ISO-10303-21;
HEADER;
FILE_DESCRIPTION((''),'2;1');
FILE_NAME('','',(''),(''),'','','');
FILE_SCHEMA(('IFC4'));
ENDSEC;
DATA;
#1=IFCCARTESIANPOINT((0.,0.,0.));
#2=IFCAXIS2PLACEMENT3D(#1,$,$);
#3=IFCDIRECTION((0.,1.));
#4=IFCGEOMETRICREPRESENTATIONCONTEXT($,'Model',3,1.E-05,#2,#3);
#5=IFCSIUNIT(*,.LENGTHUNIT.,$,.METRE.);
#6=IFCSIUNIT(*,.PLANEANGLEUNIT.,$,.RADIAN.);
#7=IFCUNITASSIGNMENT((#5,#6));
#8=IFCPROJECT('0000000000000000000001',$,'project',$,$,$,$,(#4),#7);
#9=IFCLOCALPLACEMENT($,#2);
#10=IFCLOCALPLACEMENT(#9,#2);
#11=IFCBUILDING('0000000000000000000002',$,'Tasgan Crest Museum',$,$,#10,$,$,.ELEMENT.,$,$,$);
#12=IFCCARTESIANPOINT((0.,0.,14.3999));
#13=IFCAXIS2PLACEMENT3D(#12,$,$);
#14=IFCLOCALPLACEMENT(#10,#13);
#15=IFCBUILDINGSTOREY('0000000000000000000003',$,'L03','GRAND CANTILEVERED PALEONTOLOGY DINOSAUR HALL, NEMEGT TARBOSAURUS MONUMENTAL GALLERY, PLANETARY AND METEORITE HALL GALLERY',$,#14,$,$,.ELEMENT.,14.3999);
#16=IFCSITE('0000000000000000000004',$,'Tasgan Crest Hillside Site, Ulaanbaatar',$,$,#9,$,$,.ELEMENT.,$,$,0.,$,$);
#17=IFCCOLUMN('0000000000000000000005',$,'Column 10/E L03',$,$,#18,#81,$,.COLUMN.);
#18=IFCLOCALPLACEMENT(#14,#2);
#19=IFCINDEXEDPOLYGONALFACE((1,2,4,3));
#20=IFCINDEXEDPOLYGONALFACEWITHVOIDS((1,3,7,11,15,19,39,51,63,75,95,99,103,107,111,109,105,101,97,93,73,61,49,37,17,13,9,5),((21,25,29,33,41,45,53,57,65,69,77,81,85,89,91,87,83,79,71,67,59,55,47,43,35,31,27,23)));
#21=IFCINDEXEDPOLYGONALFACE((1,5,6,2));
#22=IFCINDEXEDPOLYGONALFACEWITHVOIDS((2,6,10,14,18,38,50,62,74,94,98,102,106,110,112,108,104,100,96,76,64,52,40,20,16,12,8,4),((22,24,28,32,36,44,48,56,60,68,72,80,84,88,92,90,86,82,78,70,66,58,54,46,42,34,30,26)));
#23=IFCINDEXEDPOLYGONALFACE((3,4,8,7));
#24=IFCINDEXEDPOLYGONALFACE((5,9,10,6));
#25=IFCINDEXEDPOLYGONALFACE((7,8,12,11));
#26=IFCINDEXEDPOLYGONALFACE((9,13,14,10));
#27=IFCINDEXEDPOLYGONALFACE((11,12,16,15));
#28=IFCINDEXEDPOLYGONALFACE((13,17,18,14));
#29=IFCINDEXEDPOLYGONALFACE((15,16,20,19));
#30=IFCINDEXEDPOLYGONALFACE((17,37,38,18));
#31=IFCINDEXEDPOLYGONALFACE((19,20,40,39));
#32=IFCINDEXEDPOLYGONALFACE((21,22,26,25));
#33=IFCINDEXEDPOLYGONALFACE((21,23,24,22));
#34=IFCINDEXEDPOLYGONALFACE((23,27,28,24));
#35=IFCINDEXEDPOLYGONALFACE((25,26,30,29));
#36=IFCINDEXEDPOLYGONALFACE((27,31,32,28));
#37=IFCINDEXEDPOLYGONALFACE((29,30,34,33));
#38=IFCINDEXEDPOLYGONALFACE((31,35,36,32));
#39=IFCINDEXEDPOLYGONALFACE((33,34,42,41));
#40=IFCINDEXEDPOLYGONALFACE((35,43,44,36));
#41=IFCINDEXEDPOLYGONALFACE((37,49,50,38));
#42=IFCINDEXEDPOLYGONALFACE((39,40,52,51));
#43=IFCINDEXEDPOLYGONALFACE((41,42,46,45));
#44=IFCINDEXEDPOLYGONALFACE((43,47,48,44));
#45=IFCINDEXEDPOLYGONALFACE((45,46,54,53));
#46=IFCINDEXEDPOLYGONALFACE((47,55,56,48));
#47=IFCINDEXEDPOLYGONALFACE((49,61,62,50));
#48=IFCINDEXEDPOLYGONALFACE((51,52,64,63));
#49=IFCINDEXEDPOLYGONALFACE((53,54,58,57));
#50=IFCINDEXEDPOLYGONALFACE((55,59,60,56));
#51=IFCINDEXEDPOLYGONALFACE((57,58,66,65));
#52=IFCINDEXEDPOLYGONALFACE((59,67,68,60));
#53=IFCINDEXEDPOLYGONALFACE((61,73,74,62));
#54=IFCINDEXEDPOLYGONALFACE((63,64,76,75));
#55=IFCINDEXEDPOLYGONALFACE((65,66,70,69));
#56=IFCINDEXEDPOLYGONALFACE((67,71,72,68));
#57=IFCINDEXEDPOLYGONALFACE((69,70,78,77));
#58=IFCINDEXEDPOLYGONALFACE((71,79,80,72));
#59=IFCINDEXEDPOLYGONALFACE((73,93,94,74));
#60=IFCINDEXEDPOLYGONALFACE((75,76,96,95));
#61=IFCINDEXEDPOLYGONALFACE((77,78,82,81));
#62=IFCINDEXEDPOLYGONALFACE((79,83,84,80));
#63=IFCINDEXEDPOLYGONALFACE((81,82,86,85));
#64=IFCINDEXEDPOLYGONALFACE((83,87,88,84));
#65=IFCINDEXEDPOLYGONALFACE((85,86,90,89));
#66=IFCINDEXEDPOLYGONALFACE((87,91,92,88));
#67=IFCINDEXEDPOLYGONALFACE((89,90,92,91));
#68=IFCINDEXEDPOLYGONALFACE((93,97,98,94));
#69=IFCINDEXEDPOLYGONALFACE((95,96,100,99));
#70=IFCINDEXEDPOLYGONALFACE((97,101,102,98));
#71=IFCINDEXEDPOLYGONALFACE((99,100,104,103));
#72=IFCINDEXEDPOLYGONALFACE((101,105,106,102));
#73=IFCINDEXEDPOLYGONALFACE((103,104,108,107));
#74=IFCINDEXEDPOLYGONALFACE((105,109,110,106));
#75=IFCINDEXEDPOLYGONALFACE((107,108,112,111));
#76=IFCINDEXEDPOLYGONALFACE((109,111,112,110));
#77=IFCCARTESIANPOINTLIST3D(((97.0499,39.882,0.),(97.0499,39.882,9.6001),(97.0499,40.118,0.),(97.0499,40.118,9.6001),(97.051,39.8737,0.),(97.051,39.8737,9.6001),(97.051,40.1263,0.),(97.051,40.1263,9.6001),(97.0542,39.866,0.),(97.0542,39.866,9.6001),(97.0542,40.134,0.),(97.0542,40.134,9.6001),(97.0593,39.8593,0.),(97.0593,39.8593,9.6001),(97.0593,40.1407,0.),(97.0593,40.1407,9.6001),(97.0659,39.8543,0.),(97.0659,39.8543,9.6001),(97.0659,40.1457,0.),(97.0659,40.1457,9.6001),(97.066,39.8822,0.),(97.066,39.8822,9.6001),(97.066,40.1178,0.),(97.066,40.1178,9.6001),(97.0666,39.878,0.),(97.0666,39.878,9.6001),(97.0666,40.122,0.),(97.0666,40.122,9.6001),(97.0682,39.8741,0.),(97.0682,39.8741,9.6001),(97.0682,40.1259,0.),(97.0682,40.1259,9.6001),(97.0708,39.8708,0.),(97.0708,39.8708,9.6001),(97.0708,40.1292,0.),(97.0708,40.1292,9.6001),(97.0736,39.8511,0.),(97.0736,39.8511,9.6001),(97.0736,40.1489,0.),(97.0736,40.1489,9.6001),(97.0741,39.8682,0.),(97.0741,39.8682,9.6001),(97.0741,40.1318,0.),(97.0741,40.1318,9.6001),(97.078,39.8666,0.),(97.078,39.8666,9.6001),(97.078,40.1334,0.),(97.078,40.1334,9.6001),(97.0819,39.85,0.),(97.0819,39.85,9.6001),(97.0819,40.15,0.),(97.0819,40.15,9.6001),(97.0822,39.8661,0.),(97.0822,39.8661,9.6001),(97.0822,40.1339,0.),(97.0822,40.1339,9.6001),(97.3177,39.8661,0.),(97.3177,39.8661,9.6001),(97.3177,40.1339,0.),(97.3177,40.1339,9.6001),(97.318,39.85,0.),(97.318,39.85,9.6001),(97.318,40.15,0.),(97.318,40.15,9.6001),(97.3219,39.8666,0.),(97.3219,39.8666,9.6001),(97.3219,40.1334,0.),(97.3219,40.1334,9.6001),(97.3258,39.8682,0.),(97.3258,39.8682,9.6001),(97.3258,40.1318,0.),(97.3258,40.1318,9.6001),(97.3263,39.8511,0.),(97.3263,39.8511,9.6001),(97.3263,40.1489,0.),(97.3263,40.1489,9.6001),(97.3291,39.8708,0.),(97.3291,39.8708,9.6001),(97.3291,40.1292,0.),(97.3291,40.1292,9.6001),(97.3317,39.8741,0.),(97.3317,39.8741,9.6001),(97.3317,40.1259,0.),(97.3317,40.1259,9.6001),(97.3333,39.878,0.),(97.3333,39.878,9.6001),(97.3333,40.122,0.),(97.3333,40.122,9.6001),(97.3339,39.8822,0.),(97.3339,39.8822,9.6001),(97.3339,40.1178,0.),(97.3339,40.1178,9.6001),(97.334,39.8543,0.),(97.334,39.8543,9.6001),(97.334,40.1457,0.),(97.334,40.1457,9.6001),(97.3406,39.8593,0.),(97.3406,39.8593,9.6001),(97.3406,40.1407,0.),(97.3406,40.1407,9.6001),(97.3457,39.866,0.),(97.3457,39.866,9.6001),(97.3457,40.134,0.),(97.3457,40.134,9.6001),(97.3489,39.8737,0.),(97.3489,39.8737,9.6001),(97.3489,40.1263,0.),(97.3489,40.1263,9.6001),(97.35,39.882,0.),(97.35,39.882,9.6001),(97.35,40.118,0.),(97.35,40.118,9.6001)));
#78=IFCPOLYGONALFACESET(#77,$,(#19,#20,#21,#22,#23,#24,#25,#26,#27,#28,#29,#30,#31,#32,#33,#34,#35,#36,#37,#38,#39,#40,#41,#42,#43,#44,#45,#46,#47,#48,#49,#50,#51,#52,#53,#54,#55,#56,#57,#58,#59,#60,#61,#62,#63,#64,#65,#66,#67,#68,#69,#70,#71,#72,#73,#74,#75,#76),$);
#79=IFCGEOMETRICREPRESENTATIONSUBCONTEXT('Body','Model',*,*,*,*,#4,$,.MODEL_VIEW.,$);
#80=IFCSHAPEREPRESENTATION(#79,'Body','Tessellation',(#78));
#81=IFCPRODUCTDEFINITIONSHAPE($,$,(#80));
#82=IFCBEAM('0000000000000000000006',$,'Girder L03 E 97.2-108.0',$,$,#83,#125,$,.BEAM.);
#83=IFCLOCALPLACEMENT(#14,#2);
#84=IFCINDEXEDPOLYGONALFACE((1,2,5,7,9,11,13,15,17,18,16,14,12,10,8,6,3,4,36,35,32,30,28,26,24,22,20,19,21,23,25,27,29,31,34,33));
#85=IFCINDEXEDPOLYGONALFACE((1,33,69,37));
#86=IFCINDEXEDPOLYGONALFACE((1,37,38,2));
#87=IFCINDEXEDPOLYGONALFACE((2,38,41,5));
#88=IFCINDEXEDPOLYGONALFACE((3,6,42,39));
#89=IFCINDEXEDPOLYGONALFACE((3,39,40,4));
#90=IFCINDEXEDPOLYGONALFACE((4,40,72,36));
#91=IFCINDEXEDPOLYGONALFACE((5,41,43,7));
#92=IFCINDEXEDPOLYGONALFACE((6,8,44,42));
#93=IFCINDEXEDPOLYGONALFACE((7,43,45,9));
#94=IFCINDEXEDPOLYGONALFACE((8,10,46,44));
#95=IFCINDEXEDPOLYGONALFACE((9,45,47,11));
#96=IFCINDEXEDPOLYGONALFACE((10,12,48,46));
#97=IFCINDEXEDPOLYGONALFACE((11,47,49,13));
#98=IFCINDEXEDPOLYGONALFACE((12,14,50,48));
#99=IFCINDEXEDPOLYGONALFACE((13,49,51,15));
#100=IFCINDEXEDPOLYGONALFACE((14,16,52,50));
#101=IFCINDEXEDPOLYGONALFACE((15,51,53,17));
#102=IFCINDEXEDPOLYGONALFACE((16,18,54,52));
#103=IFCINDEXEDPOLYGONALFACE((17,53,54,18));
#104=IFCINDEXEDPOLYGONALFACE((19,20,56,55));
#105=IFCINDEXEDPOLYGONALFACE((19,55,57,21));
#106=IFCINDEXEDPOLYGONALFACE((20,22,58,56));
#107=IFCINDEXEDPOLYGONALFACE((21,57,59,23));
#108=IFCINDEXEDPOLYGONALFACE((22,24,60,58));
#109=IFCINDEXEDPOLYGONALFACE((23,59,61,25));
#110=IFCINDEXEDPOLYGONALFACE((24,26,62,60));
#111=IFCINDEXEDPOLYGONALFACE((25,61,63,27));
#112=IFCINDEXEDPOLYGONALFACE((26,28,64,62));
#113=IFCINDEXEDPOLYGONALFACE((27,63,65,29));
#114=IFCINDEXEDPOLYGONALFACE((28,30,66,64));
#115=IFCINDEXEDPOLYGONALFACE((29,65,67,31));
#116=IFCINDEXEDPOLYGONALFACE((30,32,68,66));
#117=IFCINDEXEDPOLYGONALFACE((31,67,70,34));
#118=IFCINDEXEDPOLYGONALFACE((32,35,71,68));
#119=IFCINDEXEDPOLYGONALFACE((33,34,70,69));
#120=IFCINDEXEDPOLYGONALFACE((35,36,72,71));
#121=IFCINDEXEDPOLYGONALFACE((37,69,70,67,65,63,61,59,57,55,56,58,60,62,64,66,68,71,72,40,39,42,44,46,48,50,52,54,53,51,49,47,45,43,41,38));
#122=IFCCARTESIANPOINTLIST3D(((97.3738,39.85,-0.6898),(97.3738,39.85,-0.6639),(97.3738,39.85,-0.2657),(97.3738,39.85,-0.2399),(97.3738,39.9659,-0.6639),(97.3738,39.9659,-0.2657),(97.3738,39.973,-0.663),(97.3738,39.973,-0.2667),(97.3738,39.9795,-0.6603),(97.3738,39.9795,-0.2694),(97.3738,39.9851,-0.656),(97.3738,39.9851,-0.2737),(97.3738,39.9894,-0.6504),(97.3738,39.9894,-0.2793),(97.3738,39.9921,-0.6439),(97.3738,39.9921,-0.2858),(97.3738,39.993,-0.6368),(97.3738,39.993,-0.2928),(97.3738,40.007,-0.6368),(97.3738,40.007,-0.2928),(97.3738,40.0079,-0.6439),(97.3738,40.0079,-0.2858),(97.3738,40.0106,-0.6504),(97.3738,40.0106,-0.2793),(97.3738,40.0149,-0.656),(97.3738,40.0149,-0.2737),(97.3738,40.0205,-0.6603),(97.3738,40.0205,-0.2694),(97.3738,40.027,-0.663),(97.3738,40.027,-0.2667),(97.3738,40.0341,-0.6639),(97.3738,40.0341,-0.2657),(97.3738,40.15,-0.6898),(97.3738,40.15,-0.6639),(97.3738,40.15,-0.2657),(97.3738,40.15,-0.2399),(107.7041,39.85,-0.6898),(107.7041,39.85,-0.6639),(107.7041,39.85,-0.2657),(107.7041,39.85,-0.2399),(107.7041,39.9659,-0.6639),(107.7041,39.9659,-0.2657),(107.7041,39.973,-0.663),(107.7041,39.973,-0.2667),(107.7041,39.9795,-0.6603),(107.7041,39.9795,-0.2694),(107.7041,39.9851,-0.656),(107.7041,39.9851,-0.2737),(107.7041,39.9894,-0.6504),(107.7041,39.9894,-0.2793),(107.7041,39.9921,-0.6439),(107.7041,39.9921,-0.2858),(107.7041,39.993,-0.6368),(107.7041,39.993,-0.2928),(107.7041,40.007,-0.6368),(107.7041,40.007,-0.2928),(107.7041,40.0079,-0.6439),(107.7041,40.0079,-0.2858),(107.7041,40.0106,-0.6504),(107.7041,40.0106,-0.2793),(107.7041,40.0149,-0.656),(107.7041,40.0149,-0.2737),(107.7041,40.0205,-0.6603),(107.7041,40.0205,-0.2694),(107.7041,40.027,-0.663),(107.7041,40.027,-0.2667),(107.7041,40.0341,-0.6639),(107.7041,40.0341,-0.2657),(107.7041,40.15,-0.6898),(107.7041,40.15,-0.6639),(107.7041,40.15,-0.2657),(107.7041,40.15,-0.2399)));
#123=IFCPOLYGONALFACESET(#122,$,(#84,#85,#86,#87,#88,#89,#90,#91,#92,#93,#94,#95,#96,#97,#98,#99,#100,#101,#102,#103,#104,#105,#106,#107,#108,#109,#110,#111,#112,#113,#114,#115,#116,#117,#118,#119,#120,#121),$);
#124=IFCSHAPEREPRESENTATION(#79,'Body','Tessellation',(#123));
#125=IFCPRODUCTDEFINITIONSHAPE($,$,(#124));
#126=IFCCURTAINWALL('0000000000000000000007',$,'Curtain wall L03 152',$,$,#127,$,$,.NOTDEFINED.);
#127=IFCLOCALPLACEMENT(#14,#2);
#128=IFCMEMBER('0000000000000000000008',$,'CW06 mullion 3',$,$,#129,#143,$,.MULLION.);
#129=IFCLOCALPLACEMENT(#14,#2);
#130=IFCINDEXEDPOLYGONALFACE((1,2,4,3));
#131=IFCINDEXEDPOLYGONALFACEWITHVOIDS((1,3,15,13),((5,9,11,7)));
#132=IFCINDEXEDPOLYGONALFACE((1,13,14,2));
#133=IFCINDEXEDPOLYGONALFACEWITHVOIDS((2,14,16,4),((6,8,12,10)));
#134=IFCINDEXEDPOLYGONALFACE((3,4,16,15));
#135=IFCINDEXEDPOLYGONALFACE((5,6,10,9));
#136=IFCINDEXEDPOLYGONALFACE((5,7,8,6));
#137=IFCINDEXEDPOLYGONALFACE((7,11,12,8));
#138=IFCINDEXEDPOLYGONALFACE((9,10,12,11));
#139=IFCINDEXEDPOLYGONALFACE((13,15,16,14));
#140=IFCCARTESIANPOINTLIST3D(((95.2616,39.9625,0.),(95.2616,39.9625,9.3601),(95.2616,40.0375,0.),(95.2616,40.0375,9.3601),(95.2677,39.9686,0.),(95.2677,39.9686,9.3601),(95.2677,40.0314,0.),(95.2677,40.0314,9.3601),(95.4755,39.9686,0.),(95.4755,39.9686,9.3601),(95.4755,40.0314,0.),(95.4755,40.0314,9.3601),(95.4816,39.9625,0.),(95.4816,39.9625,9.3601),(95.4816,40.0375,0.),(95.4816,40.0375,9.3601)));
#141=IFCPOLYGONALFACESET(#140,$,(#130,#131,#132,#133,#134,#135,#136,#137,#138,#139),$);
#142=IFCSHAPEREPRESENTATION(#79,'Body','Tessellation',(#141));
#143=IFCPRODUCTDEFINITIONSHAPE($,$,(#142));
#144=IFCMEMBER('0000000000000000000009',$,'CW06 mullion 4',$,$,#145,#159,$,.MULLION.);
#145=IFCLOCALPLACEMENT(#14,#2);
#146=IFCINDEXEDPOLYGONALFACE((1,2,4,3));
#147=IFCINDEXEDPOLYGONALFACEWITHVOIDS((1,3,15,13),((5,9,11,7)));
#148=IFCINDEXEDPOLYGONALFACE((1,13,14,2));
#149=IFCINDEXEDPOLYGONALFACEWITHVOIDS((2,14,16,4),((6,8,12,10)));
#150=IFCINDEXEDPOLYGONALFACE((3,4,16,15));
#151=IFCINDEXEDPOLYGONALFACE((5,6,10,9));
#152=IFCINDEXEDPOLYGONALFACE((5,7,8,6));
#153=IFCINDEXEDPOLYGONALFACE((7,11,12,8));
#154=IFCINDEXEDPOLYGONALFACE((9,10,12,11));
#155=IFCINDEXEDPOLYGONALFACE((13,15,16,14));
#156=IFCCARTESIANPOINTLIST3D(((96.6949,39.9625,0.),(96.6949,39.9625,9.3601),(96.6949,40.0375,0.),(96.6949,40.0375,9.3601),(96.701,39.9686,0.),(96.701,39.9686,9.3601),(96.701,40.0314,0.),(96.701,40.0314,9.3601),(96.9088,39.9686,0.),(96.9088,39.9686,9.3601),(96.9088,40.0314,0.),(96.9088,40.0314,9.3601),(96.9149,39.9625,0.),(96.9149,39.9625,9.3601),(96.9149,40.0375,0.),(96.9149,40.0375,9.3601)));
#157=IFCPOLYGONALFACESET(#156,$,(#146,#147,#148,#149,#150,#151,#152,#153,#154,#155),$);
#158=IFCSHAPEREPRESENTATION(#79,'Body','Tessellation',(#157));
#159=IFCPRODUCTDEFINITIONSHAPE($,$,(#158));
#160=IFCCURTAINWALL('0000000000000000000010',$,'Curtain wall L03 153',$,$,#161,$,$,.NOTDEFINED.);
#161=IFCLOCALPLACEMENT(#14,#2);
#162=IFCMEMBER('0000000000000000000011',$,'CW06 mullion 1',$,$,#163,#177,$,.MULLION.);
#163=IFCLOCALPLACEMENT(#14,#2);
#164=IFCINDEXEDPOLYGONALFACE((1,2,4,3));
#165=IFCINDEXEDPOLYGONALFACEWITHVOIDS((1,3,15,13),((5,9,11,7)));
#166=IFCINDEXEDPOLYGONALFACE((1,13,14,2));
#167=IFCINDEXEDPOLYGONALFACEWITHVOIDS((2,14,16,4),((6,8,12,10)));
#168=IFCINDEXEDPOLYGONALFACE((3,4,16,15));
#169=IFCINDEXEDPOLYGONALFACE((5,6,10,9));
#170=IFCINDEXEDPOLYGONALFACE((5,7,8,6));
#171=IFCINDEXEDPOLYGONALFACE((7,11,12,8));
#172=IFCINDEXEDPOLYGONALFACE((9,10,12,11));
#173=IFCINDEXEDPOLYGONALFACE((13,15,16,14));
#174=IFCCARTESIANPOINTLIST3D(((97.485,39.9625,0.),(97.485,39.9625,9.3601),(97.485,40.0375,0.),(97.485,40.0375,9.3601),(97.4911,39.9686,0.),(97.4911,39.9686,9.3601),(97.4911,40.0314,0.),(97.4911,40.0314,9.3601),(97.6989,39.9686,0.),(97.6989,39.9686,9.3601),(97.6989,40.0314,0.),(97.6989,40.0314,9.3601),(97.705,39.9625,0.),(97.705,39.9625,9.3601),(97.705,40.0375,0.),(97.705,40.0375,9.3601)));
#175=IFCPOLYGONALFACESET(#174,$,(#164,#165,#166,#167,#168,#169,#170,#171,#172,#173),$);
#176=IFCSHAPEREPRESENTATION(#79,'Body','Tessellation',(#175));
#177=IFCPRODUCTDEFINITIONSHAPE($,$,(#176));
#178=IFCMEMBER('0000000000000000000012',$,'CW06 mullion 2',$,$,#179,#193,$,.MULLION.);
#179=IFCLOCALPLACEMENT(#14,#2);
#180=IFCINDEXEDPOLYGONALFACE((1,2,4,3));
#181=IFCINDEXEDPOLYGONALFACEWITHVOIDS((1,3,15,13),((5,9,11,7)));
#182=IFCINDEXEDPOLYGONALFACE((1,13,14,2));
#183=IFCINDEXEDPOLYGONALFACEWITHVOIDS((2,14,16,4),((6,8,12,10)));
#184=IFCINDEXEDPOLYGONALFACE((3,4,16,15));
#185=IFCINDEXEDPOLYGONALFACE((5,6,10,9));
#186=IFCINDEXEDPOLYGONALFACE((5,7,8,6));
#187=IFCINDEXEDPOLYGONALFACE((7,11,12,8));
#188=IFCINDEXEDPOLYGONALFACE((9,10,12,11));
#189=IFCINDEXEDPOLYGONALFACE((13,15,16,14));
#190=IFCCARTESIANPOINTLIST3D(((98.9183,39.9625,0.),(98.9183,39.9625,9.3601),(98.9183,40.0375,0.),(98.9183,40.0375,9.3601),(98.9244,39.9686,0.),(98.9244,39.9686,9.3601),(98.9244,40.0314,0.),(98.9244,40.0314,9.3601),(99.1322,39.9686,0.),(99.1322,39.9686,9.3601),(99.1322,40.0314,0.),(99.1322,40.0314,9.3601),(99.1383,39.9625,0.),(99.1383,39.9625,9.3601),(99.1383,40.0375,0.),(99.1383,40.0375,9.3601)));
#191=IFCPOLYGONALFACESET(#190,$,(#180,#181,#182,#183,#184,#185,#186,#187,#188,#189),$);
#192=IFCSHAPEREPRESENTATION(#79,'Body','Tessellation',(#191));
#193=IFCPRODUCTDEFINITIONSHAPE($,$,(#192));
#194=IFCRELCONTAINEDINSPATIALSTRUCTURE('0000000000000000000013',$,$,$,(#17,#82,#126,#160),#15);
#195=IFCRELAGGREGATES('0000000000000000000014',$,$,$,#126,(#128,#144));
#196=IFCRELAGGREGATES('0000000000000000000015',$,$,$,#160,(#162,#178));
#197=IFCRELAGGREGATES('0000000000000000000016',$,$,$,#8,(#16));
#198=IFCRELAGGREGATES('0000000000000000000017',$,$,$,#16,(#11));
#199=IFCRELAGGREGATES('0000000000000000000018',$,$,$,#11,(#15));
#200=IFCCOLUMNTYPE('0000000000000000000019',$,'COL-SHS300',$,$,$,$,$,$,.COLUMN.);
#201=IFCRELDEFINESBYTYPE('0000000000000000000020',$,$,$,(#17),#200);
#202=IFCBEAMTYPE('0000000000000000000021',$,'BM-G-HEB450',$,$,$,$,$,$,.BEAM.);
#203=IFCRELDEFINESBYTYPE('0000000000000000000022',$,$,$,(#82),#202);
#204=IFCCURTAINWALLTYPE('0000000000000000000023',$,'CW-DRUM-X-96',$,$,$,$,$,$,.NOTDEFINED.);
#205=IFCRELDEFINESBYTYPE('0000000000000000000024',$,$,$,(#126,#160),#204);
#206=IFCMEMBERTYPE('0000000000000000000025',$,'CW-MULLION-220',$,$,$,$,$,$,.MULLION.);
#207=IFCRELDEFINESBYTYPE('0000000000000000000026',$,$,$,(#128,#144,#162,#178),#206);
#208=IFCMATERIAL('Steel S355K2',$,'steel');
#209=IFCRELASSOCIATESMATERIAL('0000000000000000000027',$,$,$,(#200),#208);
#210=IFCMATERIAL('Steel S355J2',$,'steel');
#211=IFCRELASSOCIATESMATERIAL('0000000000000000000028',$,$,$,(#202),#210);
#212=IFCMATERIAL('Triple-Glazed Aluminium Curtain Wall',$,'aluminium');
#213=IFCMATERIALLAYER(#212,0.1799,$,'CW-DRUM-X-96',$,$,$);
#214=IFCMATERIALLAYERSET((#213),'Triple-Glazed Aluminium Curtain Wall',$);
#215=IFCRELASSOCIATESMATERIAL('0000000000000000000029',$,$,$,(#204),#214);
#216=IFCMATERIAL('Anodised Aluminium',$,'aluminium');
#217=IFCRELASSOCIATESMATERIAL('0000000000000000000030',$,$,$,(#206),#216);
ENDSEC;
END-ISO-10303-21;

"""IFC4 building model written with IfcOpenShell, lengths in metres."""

from ifc_helpers import new_model, si_unit, direction, frame, origin, origin_2d, place, context, subcontext, project, spatial, hollow_rectangle, i_section, extrude, material, layer, layer_set, material_profile, profile_set, type_object, element, aggregate, save


model = new_model("IFC4")

# Units and contexts
model_context = context("Model", 3, precision=1e-05, world=origin(), true_north=direction((0.0, 1.0)))
body_context = subcontext(model_context, "Body", "Model", "MODEL_VIEW")
ifc_project = project(units=[si_unit("LENGTHUNIT", "METRE"), si_unit("PLANEANGLEUNIT", "RADIAN")], contexts=[model_context])

# Site, building, storey
site_placement = place(None, origin())
site = spatial("IfcSite", under=ifc_project, at=site_placement, Name="Tasgan Crest Hillside Site, Ulaanbaatar", CompositionType="ELEMENT", RefElevation=0.0)
building_placement = place(site_placement, origin())
building = spatial("IfcBuilding", under=site, at=building_placement, Name="Tasgan Crest Museum", CompositionType="ELEMENT")
storey_placement = place(building_placement, frame((0.0, 0.0, 14.3999)))
storey = spatial("IfcBuildingStorey", under=building, at=storey_placement, Name="L03", Description="GRAND CANTILEVERED PALEONTOLOGY DINOSAUR HALL, NEMEGT TARBOSAURUS MONUMENTAL GALLERY, PLANETARY AND METEORITE HALL GALLERY", CompositionType="ELEMENT", Elevation=14.3999)

# Column
ifc_material_1 = material(Name="Steel S355K2", Category="steel")
ifc_material_profile_1 = material_profile(ifc_material_1, hollow_rectangle(XDim=0.3, YDim=0.3, WallThickness=0.0161, InnerFilletRadius=0.0161, OuterFilletRadius=0.032, at=origin_2d()), Name="SHS 300x300x16")
ifc_profile_set_1 = profile_set([ifc_material_profile_1], Name="Steel S355K2")
column_type = type_object("IfcColumnType", Name="COL-SHS300", PredefinedType="COLUMN", material=ifc_profile_set_1)
column_placement = place(storey_placement, frame((97.2, 40.0, 0.0), z_axis=(0.0, 0.0, 1.0), x_axis=(1.0, 0.0, 0.0)))
element("IfcColumn", 1, at=column_placement, inside=storey, type_object=column_type, Name="Column 10/E L03", PredefinedType="COLUMN", context=body_context, shape_type="SweptSolid", body=[
    extrude(hollow_rectangle(XDim=0.3, YDim=0.3, WallThickness=0.0161, InnerFilletRadius=0.0161, OuterFilletRadius=0.032, at=origin_2d()), origin(), (0.0, 0.0, 1.0), 9.6001),
])

# Beam
ifc_material_2 = material(Name="Steel S355J2", Category="steel")
ifc_material_profile_2 = material_profile(ifc_material_2, i_section(OverallWidth=0.3, OverallDepth=0.45, WebThickness=0.0139, FlangeThickness=0.0259, FilletRadius=0.0271, at=origin_2d()), Name="HEB 450")
ifc_profile_set_2 = profile_set([ifc_material_profile_2], Name="Steel S355J2")
beam_type = type_object("IfcBeamType", Name="BM-G-HEB450", PredefinedType="BEAM", material=ifc_profile_set_2)
beam_placement = place(storey_placement, frame((97.3738, 40.0, -0.4648), z_axis=(1.0, 0.0, 0.0), x_axis=(0.0, 1.0, 0.0)))
element("IfcBeam", 2, at=beam_placement, inside=storey, type_object=beam_type, Name="Girder L03 E 97.2-108.0", PredefinedType="BEAM", context=body_context, shape_type="SweptSolid", body=[
    extrude(i_section(OverallWidth=0.3, OverallDepth=0.45, WebThickness=0.0139, FlangeThickness=0.0259, FilletRadius=0.0271, at=origin_2d()), origin(), (0.0, 0.0, 1.0), 10.3303),
])

# Curtain walls, members
ifc_material_3 = material(Name="Triple-Glazed Aluminium Curtain Wall", Category="aluminium")
ifc_layer_1 = layer(ifc_material_3, 0.1799, Name="CW-DRUM-X-96")
ifc_layer_set_1 = layer_set([ifc_layer_1], Name="Triple-Glazed Aluminium Curtain Wall")
curtain_wall_type = type_object("IfcCurtainWallType", Name="CW-DRUM-X-96", PredefinedType="NOTDEFINED", material=ifc_layer_set_1)
curtain_wall_1_placement = place(storey_placement, origin())
curtain_wall_1 = element("IfcCurtainWall", 3, at=curtain_wall_1_placement, inside=storey, type_object=curtain_wall_type, Name="Curtain wall L03 152", PredefinedType="NOTDEFINED")
ifc_material_4 = material(Name="Anodised Aluminium", Category="aluminium")
ifc_material_profile_3 = material_profile(ifc_material_4, hollow_rectangle(XDim=0.075, YDim=0.22, WallThickness=0.0061, at=origin_2d()), Name="ALU MULLION 220x75x6")
ifc_profile_set_3 = profile_set([ifc_material_profile_3], Name="Anodised Aluminium")
member_type_1 = type_object("IfcMemberType", Name="CW-MULLION-220", PredefinedType="MULLION", material=ifc_profile_set_3)
member_1_placement = place(storey_placement, frame((95.3716, 40.0, 0.0), z_axis=(0.0, 0.0, 1.0), x_axis=(0.0, 1.0, 0.0)))
member_1 = element("IfcMember", 4, at=member_1_placement, type_object=member_type_1, Name="CW06 mullion 3", PredefinedType="MULLION", context=body_context, shape_type="SweptSolid", body=[
    extrude(hollow_rectangle(XDim=0.075, YDim=0.22, WallThickness=0.0061, at=origin_2d()), origin(), (0.0, 0.0, 1.0), 9.3601),
])
member_2_placement = place(storey_placement, frame((96.8049, 40.0, 0.0), z_axis=(0.0, 0.0, 1.0), x_axis=(0.0, 1.0, 0.0)))
member_2 = element("IfcMember", 5, at=member_2_placement, type_object=member_type_1, Name="CW06 mullion 4", PredefinedType="MULLION", context=body_context, shape_type="SweptSolid", body=[
    extrude(hollow_rectangle(XDim=0.075, YDim=0.22, WallThickness=0.0061, at=origin_2d()), origin(), (0.0, 0.0, 1.0), 9.3601),
])
curtain_wall_2_placement = place(storey_placement, origin())
curtain_wall_2 = element("IfcCurtainWall", 6, at=curtain_wall_2_placement, inside=storey, type_object=curtain_wall_type, Name="Curtain wall L03 153", PredefinedType="NOTDEFINED")
member_3_placement = place(storey_placement, frame((97.595, 40.0, 0.0), z_axis=(0.0, 0.0, 1.0), x_axis=(0.0, 1.0, 0.0)))
member_3 = element("IfcMember", 7, at=member_3_placement, type_object=member_type_1, Name="CW06 mullion 1", PredefinedType="MULLION", context=body_context, shape_type="SweptSolid", body=[
    extrude(hollow_rectangle(XDim=0.075, YDim=0.22, WallThickness=0.0061, at=origin_2d()), origin(), (0.0, 0.0, 1.0), 9.3601),
])
member_4_placement = place(storey_placement, frame((99.0283, 40.0, 0.0), z_axis=(0.0, 0.0, 1.0), x_axis=(0.0, 1.0, 0.0)))
member_4 = element("IfcMember", 8, at=member_4_placement, type_object=member_type_1, Name="CW06 mullion 2", PredefinedType="MULLION", context=body_context, shape_type="SweptSolid", body=[
    extrude(hollow_rectangle(XDim=0.075, YDim=0.22, WallThickness=0.0061, at=origin_2d()), origin(), (0.0, 0.0, 1.0), 9.3601),
])

aggregate(curtain_wall_1, [member_1, member_2])
aggregate(curtain_wall_2, [member_3, member_4])

save(model, "model.ifc")
